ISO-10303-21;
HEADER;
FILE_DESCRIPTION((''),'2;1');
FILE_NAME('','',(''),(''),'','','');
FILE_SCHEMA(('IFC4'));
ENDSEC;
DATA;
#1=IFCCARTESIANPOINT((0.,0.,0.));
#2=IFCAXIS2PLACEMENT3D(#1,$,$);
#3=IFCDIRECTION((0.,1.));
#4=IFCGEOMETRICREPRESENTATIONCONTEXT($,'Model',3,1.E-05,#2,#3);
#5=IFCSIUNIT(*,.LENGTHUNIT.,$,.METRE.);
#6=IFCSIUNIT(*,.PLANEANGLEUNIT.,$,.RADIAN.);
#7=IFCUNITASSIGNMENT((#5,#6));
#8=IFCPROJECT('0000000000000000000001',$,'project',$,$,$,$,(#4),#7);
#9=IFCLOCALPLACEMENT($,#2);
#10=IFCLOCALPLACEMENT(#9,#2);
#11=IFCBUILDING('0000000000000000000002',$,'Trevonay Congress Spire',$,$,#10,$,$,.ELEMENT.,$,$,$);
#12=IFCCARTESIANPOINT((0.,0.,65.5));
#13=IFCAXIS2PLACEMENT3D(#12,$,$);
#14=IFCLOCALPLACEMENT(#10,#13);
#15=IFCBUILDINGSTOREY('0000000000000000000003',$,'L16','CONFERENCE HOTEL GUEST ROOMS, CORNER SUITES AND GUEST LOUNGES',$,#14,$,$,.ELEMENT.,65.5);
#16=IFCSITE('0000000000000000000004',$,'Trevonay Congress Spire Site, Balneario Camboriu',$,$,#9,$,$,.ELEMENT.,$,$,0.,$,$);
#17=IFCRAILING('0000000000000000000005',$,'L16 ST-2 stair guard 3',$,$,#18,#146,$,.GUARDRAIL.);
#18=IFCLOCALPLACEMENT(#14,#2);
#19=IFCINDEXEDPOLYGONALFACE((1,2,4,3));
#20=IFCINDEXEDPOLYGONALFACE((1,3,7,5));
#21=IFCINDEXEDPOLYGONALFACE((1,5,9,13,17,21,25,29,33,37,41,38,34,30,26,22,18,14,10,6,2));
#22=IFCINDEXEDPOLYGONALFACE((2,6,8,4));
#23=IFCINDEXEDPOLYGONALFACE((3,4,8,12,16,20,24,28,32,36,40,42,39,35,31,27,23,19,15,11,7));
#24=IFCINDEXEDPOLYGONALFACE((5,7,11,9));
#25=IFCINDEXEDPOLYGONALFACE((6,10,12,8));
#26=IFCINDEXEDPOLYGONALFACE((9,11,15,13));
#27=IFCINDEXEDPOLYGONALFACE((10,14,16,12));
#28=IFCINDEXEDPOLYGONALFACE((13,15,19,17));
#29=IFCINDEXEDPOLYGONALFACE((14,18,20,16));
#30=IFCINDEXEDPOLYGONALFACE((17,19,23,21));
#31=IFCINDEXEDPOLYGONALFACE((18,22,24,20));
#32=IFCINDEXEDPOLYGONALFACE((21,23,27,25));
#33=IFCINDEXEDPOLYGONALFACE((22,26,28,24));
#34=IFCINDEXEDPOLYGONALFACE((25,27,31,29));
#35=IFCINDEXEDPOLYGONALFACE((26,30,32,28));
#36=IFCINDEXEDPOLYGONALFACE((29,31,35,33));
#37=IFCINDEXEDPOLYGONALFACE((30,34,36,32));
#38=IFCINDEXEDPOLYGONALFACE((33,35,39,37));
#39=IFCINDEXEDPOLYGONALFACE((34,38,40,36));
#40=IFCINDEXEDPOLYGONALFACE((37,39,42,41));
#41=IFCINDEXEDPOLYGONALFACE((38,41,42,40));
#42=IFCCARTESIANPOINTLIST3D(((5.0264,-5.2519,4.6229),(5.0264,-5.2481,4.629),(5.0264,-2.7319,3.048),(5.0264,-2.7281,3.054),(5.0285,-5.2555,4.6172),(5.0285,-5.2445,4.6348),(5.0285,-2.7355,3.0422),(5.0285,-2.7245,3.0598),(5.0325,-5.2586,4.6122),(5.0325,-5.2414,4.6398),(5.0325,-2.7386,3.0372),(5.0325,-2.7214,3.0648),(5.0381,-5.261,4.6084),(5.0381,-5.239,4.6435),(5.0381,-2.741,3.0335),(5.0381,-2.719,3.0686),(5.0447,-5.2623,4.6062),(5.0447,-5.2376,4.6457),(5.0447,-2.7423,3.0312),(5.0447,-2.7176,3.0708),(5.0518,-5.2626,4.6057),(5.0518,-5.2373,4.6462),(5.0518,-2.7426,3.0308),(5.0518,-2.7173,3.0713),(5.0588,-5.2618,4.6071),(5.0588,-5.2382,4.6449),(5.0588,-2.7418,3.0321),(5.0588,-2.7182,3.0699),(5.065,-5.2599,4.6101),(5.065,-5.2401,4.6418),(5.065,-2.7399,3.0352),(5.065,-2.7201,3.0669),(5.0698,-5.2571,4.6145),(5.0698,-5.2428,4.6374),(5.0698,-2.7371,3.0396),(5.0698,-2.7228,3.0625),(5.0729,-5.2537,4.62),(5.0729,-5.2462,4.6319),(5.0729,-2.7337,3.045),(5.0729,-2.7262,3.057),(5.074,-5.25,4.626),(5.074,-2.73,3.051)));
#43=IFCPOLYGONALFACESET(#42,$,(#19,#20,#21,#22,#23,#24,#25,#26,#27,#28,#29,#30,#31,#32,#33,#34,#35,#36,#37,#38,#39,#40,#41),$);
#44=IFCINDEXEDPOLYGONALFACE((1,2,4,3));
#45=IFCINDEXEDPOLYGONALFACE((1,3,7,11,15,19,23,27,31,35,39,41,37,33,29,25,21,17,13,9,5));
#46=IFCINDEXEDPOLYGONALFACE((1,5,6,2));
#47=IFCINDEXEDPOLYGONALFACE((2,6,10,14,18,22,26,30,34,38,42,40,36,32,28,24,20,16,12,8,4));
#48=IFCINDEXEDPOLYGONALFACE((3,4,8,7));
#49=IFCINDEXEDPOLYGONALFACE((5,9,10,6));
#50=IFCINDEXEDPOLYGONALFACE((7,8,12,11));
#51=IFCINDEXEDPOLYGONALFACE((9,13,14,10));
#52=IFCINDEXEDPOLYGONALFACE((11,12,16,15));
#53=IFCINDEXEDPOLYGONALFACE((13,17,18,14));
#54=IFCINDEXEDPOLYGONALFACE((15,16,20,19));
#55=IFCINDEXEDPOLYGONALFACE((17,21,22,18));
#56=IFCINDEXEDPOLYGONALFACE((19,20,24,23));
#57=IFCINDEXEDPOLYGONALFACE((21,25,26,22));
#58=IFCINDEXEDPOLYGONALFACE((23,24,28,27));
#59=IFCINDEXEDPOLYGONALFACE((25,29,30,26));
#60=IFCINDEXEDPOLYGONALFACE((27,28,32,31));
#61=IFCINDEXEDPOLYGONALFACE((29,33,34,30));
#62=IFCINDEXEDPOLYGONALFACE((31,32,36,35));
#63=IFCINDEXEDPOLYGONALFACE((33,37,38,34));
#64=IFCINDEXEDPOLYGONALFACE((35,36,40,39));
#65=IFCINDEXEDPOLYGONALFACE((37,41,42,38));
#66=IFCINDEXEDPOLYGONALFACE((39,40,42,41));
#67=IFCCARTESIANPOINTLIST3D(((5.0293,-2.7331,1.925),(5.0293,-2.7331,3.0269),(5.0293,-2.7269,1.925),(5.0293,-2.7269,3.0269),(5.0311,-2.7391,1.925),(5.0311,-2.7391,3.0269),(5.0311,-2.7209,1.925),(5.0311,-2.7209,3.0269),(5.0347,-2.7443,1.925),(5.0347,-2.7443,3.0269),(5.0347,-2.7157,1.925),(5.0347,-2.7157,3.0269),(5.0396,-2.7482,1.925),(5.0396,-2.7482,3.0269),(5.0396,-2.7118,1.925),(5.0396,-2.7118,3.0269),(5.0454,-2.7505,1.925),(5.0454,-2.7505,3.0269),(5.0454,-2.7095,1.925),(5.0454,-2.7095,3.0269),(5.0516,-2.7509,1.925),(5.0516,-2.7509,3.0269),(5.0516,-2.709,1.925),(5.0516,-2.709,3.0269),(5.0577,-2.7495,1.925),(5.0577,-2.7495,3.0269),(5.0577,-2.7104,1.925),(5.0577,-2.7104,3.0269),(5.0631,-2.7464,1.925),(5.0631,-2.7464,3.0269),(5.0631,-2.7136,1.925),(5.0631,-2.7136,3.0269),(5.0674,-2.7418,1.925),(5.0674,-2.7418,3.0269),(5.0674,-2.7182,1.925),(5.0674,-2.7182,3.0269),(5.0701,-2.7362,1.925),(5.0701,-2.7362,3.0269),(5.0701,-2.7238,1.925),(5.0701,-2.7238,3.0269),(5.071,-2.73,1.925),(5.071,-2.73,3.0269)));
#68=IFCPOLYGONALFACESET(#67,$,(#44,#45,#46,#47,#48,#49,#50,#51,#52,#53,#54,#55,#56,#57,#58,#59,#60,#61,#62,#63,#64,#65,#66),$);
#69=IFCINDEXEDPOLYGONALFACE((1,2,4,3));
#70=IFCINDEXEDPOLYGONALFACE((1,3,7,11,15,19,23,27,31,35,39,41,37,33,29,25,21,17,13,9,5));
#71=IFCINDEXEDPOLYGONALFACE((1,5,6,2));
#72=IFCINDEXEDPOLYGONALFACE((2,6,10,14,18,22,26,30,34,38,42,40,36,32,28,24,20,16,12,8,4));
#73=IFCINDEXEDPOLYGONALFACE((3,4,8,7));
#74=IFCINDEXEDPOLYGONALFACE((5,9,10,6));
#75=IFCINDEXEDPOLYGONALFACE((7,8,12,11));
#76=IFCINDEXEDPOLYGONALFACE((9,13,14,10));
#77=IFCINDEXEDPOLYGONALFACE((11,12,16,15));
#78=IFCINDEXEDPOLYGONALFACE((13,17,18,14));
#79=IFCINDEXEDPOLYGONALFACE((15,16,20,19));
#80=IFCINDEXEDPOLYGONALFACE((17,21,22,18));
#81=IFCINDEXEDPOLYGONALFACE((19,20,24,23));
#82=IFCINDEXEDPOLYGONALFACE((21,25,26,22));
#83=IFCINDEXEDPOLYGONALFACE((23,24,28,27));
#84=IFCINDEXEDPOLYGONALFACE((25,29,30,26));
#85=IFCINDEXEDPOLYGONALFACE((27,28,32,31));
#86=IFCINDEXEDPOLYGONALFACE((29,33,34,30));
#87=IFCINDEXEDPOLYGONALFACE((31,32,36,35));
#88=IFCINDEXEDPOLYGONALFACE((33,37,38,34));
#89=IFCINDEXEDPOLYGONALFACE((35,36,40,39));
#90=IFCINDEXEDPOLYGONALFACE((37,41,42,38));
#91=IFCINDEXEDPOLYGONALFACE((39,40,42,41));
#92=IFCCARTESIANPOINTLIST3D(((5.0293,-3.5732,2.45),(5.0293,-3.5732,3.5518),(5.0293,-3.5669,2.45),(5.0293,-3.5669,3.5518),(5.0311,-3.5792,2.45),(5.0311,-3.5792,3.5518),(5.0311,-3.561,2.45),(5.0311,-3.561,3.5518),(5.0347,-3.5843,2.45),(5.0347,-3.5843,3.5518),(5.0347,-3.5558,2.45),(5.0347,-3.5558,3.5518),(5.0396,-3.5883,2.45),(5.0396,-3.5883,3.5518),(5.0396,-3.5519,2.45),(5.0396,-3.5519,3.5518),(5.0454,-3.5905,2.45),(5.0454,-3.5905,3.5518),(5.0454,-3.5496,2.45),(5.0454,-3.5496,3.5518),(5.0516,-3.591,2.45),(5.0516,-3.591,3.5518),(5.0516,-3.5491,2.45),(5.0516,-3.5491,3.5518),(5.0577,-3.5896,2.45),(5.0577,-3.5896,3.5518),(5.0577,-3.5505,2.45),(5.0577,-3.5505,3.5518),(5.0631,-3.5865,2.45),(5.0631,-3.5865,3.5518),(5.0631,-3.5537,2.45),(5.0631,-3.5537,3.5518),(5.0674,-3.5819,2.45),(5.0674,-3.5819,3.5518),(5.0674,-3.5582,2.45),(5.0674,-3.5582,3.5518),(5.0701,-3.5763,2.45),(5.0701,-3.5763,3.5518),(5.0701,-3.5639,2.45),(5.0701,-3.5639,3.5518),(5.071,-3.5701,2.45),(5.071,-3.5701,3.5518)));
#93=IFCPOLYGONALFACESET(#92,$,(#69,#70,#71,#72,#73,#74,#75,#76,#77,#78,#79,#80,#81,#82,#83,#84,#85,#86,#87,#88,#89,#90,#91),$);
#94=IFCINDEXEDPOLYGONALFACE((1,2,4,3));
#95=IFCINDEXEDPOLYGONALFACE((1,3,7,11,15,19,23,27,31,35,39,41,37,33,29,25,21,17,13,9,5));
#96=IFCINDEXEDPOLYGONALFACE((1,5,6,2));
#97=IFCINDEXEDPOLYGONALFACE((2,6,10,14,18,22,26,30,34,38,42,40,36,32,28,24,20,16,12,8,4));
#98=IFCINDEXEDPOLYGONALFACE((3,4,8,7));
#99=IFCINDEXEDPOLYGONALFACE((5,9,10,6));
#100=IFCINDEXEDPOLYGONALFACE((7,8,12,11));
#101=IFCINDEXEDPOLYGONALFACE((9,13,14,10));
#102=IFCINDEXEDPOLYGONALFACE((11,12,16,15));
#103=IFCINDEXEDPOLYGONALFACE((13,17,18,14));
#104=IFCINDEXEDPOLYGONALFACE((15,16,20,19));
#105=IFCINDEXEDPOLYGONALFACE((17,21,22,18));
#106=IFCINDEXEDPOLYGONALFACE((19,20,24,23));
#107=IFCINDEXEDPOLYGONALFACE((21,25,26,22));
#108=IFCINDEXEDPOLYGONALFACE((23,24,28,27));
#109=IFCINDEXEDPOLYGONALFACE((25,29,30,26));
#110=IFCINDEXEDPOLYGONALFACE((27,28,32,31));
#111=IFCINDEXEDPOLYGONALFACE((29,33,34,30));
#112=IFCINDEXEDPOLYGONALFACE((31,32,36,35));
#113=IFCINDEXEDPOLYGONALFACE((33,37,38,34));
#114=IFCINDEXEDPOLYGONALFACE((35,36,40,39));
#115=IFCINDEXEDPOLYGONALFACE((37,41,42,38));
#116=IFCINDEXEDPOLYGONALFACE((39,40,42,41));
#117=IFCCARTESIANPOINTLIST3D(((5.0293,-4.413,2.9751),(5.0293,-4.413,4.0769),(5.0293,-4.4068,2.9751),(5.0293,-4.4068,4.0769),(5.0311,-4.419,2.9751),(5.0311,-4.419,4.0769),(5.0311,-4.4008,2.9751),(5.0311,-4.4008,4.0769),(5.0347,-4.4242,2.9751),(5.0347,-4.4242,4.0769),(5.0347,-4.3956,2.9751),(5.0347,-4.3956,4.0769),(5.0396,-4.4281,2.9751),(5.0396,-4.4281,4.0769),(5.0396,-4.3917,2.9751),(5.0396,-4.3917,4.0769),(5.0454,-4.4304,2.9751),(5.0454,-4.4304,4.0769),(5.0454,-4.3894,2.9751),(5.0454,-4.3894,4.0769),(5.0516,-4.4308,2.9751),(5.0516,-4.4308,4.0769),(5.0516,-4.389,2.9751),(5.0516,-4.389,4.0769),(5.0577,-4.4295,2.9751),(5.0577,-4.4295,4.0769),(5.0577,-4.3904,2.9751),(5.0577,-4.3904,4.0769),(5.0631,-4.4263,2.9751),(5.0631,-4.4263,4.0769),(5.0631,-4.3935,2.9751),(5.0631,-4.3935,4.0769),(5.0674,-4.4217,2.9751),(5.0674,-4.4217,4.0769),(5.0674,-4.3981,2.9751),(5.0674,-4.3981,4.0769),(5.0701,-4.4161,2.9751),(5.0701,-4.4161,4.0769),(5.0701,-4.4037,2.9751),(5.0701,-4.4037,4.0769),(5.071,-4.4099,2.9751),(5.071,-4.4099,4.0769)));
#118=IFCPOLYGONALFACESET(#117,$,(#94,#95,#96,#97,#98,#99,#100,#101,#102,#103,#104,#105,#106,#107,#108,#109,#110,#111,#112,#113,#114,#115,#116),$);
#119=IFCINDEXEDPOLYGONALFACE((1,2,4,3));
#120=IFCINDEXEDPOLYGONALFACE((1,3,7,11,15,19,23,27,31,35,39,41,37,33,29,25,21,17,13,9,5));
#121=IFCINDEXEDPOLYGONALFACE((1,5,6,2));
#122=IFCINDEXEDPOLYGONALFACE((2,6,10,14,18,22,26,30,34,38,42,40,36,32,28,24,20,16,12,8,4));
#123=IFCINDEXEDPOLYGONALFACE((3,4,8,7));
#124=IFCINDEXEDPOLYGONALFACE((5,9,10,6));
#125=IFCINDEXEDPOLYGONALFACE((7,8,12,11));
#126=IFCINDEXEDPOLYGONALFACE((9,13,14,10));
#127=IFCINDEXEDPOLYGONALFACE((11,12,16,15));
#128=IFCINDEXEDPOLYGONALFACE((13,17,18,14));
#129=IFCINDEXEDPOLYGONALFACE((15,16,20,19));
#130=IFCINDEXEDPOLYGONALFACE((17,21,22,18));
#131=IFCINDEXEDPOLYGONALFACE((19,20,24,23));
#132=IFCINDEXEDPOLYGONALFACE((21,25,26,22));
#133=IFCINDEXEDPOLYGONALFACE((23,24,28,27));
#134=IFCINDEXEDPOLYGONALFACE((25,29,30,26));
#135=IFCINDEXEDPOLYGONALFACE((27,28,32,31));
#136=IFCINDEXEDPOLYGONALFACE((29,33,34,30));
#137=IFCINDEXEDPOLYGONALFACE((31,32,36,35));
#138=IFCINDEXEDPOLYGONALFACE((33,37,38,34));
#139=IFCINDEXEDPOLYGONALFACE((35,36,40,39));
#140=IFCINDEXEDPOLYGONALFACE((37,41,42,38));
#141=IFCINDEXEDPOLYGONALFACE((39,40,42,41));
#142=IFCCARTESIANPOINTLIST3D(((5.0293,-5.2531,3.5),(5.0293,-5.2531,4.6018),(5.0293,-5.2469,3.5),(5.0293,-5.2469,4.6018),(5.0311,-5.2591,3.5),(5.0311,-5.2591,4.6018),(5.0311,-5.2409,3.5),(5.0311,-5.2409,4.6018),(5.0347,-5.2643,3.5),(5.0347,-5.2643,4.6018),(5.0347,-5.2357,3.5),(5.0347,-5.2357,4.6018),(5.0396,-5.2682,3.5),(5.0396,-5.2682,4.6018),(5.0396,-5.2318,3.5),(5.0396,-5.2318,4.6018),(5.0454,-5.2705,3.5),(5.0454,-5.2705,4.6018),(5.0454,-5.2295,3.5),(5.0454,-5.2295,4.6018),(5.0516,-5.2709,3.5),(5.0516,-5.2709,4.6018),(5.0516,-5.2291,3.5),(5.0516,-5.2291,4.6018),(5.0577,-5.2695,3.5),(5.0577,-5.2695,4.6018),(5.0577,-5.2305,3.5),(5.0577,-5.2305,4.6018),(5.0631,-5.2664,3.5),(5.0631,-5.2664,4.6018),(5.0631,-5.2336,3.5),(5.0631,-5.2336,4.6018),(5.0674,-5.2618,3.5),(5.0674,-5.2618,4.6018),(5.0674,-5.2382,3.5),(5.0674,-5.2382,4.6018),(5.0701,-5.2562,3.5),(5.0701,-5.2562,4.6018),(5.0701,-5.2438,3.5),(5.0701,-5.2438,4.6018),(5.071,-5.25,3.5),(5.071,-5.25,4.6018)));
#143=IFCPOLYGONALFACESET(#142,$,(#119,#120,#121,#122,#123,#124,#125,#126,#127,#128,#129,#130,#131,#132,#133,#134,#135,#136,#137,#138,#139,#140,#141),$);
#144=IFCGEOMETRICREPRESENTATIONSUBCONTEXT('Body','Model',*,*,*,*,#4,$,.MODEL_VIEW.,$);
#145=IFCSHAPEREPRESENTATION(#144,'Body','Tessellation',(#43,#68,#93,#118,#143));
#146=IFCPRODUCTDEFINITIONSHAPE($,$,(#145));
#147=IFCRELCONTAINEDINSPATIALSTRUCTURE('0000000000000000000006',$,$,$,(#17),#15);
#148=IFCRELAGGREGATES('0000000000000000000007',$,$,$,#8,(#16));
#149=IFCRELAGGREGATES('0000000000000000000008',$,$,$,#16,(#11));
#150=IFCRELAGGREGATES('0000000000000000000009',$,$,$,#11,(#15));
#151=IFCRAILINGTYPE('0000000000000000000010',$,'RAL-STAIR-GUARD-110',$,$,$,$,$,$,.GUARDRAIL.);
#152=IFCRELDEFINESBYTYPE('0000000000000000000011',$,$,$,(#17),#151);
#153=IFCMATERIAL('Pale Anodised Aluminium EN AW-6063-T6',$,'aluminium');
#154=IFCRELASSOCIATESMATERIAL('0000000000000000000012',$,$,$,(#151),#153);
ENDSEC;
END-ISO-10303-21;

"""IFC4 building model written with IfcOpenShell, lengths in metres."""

from ifc_helpers import new_model, si_unit, direction, frame, origin, origin_2d, place, context, subcontext, project, spatial, circle, extrude, material, type_object, element, save


model = new_model("IFC4")

# Units and contexts
model_context = context("Model", 3, precision=1e-05, world=origin(), true_north=direction((0.0, 1.0)))
body_context = subcontext(model_context, "Body", "Model", "MODEL_VIEW")
ifc_project = project(units=[si_unit("LENGTHUNIT", "METRE"), si_unit("PLANEANGLEUNIT", "RADIAN")], contexts=[model_context])

# Site, building, storey
site_placement = place(None, origin())
site = spatial("IfcSite", under=ifc_project, at=site_placement, Name="Trevonay Congress Spire Site, Balneario Camboriu", CompositionType="ELEMENT", RefElevation=0.0)
building_placement = place(site_placement, origin())
building = spatial("IfcBuilding", under=site, at=building_placement, Name="Trevonay Congress Spire", CompositionType="ELEMENT")
storey_placement = place(building_placement, frame((0.0, 0.0, 65.5)))
storey = spatial("IfcBuildingStorey", under=building, at=storey_placement, Name="L16", Description="CONFERENCE HOTEL GUEST ROOMS, CORNER SUITES AND GUEST LOUNGES", CompositionType="ELEMENT", Elevation=65.5)

# Shared definitions
ifc_material_1 = material(Name="Pale Anodised Aluminium EN AW-6063-T6", Category="aluminium")

# Railing
railing_type_1 = type_object("IfcRailingType", Name="RAL-STAIR-GUARD-110", PredefinedType="GUARDRAIL", material=ifc_material_1)
railing_1_placement = place(storey_placement, frame((5.05, -2.73, 1.925)))
element("IfcRailing", 1, at=railing_1_placement, inside=storey, type_object=railing_type_1, Name="L16 ST-2 stair guard 3", PredefinedType="GUARDRAIL", context=body_context, shape_type="SweptSolid", body=[
    extrude(circle(Radius=0.0239, at=origin_2d()), frame((0.0, 0.0, 1.126), z_axis=(0.0, -0.848008, 0.529984), x_axis=(1.0, 0.0, 0.0)), (0.0, 0.0, 1.0), 2.9717),
    extrude(circle(Radius=0.021, at=origin_2d()), origin(), (0.0, 0.0, 1.0), 1.1018),
    extrude(circle(Radius=0.021, at=origin_2d()), frame((0.0, -0.8401, 0.5249)), (0.0, 0.0, 1.0), 1.1018),
    extrude(circle(Radius=0.021, at=origin_2d()), frame((0.0, -1.6799, 1.05)), (0.0, 0.0, 1.0), 1.1018),
    extrude(circle(Radius=0.021, at=origin_2d()), frame((0.0, -2.52, 1.575)), (0.0, 0.0, 1.0), 1.1018),
])

save(model, "model.ifc")
